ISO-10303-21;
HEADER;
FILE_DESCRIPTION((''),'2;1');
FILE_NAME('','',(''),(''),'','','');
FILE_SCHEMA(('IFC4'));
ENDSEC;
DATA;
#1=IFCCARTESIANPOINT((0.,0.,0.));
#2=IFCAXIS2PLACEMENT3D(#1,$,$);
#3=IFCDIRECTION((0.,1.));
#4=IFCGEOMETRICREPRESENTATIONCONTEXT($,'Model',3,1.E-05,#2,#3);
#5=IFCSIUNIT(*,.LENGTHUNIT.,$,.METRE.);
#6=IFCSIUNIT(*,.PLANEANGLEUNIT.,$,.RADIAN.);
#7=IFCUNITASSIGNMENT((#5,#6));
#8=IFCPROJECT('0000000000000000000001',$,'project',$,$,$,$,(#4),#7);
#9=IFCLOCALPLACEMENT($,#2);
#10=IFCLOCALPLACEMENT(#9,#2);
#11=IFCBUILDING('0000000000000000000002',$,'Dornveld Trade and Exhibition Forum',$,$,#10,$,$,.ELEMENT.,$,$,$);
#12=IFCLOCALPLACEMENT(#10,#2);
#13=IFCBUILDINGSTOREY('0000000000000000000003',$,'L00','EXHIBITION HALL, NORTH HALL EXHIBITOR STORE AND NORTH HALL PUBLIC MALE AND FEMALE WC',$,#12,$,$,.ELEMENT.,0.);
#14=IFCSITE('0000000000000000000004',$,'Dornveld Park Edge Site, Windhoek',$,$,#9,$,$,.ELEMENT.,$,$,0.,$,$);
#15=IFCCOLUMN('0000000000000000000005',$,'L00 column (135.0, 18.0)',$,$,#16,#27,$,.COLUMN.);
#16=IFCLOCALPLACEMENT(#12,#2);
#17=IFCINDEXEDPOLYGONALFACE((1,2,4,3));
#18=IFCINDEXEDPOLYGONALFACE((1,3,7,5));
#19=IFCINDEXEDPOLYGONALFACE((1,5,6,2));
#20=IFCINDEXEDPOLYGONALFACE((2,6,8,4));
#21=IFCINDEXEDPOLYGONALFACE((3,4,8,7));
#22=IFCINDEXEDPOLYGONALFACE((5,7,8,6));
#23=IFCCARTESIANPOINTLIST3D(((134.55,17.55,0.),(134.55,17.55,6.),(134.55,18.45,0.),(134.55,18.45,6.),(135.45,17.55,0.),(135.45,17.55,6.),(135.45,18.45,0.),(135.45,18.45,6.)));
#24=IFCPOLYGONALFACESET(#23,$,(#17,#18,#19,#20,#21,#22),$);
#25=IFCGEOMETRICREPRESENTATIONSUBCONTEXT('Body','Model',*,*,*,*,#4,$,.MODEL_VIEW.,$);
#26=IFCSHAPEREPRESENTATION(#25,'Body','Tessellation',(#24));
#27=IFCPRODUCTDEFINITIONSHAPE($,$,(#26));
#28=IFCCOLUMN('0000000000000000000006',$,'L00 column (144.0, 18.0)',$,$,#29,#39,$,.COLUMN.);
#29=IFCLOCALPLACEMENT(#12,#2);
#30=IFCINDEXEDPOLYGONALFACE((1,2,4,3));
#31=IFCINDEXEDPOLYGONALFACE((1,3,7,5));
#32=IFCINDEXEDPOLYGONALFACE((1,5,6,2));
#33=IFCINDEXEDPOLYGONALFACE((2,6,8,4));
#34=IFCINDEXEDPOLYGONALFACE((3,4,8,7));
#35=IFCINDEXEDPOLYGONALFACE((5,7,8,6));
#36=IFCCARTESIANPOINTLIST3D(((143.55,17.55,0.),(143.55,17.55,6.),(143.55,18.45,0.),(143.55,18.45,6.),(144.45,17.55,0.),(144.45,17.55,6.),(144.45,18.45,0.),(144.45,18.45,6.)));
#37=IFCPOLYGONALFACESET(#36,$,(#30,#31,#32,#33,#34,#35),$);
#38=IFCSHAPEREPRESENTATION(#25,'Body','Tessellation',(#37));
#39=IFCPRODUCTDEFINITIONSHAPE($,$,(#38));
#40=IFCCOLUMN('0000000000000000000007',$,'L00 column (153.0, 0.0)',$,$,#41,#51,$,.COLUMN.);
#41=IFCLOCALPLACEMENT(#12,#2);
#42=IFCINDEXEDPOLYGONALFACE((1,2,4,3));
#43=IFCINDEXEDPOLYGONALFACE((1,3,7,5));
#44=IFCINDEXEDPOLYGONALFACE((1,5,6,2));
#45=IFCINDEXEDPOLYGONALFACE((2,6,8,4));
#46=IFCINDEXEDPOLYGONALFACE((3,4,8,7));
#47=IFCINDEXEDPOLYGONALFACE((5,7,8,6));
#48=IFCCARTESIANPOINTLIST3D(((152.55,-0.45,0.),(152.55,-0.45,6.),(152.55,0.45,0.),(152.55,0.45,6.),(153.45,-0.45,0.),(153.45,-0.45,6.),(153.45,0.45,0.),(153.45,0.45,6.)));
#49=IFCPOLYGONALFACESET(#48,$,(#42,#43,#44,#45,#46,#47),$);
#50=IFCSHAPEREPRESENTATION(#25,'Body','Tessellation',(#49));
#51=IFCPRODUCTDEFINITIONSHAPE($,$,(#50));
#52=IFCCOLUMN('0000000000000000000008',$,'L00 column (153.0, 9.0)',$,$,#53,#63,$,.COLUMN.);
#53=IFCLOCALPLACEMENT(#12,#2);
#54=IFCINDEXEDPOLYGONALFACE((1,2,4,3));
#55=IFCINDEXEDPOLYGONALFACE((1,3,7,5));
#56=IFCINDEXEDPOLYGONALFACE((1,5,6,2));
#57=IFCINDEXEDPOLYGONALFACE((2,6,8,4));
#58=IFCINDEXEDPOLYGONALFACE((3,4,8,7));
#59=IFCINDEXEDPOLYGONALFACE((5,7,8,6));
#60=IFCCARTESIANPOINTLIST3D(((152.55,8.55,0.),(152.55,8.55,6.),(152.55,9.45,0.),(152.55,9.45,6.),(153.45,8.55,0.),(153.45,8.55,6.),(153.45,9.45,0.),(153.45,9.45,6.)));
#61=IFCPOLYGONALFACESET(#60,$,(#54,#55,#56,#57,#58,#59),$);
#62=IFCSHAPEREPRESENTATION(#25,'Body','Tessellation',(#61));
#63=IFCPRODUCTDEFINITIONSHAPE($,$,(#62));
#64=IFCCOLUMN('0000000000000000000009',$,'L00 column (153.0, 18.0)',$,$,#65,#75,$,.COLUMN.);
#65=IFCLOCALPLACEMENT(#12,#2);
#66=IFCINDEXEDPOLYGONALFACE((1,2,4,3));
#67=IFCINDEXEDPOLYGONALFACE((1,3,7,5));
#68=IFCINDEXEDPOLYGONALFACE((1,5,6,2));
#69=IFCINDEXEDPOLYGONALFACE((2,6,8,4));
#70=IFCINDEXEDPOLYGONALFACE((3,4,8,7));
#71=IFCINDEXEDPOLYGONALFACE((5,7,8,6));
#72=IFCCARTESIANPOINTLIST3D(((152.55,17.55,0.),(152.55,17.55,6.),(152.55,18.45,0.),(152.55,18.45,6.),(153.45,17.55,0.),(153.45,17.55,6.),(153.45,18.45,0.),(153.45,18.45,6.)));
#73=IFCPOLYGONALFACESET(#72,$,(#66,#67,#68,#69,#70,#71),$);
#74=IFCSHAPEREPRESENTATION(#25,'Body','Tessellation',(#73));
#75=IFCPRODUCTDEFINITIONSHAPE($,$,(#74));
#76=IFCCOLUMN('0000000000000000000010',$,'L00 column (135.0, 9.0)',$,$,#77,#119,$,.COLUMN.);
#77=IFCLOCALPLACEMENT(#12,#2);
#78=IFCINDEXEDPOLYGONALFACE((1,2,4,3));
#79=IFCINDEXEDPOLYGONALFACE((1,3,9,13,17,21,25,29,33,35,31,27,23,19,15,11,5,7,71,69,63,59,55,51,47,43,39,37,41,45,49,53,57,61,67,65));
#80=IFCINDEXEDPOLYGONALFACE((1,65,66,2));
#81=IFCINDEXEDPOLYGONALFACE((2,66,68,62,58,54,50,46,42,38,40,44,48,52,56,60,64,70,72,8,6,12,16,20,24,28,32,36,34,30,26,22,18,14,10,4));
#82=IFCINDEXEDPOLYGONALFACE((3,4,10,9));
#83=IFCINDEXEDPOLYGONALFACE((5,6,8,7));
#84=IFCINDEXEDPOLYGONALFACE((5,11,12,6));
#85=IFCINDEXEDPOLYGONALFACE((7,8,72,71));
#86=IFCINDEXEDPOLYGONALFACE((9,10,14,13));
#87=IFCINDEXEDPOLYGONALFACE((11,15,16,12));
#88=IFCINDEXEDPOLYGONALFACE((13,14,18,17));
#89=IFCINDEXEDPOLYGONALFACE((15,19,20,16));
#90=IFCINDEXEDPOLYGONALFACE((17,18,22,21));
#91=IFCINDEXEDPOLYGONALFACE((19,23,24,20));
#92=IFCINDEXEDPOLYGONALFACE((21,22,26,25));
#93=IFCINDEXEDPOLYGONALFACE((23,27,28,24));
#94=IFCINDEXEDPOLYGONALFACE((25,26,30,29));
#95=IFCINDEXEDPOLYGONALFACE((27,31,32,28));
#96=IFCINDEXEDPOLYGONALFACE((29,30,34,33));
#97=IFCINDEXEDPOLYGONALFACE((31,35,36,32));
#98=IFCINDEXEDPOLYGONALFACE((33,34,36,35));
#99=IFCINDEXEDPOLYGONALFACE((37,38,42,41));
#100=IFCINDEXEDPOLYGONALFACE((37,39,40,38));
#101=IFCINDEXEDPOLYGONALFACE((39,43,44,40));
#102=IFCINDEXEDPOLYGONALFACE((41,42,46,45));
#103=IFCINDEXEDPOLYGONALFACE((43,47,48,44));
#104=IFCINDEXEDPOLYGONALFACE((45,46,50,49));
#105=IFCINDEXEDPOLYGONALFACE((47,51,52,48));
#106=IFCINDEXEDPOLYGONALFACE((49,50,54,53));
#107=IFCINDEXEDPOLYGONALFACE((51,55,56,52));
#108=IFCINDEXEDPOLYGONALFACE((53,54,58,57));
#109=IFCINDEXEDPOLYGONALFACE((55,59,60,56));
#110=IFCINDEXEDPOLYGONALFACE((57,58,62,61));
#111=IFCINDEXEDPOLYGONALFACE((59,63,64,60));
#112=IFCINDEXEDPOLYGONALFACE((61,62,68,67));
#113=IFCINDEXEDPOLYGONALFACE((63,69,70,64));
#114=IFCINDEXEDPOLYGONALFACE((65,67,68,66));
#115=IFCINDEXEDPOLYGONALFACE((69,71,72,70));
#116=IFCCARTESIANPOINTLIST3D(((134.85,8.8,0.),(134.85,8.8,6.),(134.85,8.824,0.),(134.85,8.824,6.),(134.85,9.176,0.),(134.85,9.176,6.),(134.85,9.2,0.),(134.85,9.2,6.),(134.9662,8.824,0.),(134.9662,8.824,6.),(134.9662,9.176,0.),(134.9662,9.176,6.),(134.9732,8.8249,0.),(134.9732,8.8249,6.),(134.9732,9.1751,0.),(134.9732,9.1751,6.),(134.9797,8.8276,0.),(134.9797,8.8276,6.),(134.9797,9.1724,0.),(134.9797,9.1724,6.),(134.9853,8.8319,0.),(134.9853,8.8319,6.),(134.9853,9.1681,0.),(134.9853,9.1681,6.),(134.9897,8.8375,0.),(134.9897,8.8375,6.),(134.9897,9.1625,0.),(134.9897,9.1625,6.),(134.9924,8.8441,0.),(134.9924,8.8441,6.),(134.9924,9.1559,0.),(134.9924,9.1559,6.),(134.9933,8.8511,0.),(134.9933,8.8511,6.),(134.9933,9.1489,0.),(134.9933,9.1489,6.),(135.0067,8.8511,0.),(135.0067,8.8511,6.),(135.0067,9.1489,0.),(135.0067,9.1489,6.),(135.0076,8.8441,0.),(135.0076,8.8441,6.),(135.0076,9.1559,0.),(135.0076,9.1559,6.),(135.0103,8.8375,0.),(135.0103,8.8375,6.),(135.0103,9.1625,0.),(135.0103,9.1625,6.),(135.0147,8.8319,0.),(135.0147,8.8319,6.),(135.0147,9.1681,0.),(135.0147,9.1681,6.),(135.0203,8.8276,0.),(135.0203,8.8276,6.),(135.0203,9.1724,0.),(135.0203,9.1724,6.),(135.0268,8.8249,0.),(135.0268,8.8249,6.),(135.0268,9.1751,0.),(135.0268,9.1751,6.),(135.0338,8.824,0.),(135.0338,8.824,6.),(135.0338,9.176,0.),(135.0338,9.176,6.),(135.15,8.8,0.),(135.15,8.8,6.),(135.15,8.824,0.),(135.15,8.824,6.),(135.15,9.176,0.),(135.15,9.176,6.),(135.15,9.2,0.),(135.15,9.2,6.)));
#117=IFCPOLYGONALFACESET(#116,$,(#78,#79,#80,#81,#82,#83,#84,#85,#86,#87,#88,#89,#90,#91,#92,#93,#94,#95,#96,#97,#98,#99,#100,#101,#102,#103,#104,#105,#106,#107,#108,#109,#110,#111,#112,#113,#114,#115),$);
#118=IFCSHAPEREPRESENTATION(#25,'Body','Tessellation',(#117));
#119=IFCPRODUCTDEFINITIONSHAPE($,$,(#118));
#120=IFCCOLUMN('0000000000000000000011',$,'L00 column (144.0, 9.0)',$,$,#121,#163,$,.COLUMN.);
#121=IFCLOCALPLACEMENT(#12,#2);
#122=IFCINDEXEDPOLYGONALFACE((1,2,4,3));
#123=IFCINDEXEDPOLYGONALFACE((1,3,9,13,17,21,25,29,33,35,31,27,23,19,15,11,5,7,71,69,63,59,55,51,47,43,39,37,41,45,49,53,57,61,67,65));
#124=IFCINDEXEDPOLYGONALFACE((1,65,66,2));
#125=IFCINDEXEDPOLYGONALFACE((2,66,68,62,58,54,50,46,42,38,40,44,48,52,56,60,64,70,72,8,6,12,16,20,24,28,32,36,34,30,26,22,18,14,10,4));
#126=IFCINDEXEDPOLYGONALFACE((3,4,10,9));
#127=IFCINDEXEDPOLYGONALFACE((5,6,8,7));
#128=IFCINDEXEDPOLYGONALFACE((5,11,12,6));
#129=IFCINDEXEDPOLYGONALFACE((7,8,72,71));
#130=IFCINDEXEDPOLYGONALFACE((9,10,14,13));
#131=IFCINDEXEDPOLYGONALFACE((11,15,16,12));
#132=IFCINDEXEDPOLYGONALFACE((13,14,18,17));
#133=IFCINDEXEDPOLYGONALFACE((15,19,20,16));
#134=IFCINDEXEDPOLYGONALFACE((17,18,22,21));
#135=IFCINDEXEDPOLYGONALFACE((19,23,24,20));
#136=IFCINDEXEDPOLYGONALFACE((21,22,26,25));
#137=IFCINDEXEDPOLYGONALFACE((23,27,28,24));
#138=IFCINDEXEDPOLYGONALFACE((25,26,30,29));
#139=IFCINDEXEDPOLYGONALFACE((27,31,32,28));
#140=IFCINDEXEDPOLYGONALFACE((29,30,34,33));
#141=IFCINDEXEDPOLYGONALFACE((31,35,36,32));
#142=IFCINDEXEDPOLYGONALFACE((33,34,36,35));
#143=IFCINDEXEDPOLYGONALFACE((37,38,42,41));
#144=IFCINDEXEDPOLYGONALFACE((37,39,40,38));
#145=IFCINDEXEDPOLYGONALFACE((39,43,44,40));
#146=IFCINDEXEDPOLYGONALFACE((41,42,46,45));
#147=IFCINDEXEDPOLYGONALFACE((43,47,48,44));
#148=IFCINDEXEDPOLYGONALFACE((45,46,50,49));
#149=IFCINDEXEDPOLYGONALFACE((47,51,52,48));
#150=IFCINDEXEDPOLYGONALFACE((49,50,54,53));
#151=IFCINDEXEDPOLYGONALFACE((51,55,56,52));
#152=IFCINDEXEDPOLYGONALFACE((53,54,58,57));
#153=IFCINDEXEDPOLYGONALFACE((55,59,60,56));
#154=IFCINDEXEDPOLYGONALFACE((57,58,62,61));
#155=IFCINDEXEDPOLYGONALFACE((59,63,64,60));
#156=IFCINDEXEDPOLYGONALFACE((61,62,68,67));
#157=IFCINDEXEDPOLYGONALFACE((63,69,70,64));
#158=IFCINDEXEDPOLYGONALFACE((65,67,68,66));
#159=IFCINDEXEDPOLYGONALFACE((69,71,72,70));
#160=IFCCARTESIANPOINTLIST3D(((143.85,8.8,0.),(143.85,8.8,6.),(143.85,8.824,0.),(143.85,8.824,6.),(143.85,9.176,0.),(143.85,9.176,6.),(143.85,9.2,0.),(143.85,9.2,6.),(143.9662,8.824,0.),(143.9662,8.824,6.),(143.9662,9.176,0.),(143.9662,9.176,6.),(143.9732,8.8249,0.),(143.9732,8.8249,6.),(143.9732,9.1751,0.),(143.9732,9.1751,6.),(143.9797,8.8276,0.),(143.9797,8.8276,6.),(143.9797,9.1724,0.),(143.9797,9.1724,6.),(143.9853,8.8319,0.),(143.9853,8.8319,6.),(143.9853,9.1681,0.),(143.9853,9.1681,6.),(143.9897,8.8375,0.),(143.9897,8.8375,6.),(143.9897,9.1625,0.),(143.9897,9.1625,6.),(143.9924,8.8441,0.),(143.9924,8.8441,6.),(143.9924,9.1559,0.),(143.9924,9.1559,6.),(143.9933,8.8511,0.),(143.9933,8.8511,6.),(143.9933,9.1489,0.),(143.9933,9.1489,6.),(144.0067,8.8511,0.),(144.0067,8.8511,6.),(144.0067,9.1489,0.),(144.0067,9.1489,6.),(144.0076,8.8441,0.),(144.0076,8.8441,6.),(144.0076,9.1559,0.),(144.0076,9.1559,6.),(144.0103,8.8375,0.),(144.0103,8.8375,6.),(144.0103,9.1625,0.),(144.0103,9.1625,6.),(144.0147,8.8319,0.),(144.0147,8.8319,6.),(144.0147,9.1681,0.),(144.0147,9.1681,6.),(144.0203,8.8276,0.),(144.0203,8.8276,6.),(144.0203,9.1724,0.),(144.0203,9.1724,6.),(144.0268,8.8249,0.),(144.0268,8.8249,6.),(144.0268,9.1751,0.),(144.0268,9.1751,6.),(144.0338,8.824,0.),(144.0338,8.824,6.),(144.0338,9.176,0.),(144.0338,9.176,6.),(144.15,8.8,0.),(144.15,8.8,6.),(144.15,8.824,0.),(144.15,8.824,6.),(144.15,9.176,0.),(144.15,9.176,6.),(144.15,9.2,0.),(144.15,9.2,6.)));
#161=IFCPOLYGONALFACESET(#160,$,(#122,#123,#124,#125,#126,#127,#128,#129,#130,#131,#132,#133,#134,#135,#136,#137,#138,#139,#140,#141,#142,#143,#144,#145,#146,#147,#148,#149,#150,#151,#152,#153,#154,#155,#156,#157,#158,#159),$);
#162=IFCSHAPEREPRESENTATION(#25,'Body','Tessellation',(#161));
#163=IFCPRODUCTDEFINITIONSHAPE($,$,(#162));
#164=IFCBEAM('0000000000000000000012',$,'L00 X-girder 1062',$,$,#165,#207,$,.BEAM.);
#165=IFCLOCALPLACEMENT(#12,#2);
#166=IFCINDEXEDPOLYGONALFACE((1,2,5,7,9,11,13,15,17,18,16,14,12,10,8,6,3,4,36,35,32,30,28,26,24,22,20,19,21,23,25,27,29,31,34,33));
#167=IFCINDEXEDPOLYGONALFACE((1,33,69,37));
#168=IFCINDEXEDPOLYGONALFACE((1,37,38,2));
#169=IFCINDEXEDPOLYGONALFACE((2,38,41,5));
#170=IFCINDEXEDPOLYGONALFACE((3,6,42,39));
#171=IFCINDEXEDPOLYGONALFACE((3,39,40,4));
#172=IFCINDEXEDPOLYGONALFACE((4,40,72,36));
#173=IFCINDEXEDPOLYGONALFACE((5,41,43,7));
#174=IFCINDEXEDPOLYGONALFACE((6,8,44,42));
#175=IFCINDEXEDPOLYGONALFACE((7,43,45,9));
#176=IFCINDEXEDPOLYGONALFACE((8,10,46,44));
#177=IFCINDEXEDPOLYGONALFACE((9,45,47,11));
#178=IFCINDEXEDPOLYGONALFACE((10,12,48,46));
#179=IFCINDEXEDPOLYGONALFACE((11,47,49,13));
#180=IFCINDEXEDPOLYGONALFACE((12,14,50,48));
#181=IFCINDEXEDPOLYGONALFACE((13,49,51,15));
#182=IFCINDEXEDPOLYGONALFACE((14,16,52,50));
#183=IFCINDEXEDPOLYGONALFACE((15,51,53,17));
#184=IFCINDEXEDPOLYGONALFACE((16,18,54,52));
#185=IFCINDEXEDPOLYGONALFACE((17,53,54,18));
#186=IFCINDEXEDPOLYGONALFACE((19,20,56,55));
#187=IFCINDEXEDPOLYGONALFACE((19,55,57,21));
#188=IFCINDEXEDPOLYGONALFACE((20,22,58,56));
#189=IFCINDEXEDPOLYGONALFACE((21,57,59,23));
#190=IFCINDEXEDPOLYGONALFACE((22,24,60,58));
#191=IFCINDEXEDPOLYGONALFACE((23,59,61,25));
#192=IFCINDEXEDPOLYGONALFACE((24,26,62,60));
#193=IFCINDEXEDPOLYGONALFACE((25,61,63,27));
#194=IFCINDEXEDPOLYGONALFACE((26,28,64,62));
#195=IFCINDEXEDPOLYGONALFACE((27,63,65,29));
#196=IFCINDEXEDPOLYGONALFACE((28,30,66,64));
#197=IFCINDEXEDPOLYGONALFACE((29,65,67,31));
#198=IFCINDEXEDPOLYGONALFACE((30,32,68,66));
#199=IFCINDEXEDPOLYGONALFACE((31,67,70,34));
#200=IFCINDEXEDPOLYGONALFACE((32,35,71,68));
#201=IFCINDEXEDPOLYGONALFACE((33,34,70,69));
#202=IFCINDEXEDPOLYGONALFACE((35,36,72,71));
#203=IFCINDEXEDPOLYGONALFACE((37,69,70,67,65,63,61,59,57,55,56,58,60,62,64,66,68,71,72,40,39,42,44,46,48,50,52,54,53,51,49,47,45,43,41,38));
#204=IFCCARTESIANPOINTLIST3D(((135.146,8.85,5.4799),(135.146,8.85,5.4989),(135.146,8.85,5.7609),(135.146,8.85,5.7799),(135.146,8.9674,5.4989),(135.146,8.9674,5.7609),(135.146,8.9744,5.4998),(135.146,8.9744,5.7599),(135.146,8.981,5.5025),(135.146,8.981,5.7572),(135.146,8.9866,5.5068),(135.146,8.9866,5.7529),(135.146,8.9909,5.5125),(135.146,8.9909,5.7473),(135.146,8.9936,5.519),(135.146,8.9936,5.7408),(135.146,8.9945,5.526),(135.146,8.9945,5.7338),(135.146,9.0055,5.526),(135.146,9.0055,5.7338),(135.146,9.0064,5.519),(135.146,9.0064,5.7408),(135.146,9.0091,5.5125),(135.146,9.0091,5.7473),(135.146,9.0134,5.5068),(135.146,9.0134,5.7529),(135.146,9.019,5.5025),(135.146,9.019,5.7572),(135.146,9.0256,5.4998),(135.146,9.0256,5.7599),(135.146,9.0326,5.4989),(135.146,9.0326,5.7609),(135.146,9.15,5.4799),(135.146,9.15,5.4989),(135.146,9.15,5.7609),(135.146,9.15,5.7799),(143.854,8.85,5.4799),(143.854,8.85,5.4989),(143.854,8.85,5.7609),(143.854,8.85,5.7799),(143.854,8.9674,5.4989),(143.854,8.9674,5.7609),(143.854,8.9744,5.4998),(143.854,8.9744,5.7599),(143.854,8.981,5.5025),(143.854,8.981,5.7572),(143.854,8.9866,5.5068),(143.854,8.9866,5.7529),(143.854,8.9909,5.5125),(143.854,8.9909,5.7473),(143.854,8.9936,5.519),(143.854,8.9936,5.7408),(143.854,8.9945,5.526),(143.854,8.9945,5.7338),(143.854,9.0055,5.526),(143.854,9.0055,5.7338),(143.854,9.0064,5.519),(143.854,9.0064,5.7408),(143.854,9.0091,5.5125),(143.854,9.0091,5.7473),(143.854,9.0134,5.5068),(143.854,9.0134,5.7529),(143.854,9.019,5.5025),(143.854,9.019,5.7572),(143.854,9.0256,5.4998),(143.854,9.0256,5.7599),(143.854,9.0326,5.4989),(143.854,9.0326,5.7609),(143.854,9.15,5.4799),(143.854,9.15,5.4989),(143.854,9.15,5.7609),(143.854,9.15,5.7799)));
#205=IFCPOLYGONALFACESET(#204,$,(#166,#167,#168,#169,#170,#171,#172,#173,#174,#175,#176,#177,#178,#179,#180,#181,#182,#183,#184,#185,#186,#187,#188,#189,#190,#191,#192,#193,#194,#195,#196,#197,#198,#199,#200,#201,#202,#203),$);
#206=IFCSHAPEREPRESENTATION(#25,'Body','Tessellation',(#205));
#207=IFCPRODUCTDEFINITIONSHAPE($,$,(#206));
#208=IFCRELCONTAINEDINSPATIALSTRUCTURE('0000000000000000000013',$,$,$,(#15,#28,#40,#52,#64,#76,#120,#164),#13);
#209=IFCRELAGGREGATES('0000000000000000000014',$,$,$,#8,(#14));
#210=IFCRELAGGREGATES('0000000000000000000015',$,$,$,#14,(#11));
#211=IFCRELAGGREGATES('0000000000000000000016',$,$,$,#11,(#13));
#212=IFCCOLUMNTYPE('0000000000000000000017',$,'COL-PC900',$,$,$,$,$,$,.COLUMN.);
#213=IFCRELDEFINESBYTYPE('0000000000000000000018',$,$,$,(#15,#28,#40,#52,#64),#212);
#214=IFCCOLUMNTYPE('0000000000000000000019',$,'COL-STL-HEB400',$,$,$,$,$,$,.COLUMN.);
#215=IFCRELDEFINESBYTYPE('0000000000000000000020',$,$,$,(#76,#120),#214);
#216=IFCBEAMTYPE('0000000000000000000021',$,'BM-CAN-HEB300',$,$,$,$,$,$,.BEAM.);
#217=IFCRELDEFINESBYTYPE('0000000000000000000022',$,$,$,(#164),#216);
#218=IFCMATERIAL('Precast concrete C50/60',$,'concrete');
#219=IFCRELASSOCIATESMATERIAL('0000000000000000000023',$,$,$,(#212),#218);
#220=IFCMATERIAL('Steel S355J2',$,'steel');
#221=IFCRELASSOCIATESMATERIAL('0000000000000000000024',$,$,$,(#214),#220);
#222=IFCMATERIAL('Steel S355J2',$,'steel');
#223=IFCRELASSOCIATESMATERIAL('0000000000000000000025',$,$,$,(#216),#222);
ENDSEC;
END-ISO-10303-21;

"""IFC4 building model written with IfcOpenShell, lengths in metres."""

from ifc_helpers import new_model, si_unit, direction, frame, origin, origin_2d, place, context, subcontext, project, spatial, rectangle, i_section, extrude, material, material_profile, profile_set, type_object, element, save


model = new_model("IFC4")

# Units and contexts
model_context = context("Model", 3, precision=1e-05, world=origin(), true_north=direction((0.0, 1.0)))
body_context = subcontext(model_context, "Body", "Model", "MODEL_VIEW")
ifc_project = project(units=[si_unit("LENGTHUNIT", "METRE"), si_unit("PLANEANGLEUNIT", "RADIAN")], contexts=[model_context])

# Site, building, storey
site_placement = place(None, origin())
site = spatial("IfcSite", under=ifc_project, at=site_placement, Name="Dornveld Park Edge Site, Windhoek", CompositionType="ELEMENT", RefElevation=0.0)
building_placement = place(site_placement, origin())
building = spatial("IfcBuilding", under=site, at=building_placement, Name="Dornveld Trade and Exhibition Forum", CompositionType="ELEMENT")
storey_placement = place(building_placement, origin())
storey = spatial("IfcBuildingStorey", under=building, at=storey_placement, Name="L00", Description="EXHIBITION HALL, NORTH HALL EXHIBITOR STORE AND NORTH HALL PUBLIC MALE AND FEMALE WC", CompositionType="ELEMENT", Elevation=0.0)

# Columns
ifc_material_1 = material(Name="Precast concrete C50/60", Category="concrete")
ifc_material_profile_1 = material_profile(ifc_material_1, rectangle(XDim=0.8999, YDim=0.8999, at=origin_2d()), Name="PC-COL 900x900")
ifc_profile_set_1 = profile_set([ifc_material_profile_1], Name="Precast concrete C50/60")
column_type_1 = type_object("IfcColumnType", Name="COL-PC900", PredefinedType="COLUMN", material=ifc_profile_set_1)
for number, where, z_axis, x_axis, name in (
    (1, (135.0, 18.0, 0.0), (0.0, 0.0, 1.0), (1.0, 0.0, 0.0), "L00 column (135.0, 18.0)"),
    (2, (144.0, 18.0, 0.0), (0.0, 0.0, 1.0), (1.0, 0.0, 0.0), "L00 column (144.0, 18.0)"),
    (3, (153.0, 0.0, 0.0), (0.0, 0.0, 1.0), (1.0, 0.0, 0.0), "L00 column (153.0, 0.0)"),
    (4, (153.0, 9.0, 0.0), (0.0, 0.0, 1.0), (1.0, 0.0, 0.0), "L00 column (153.0, 9.0)"),
    (5, (153.0, 18.0, 0.0), (0.0, 0.0, 1.0), (1.0, 0.0, 0.0), "L00 column (153.0, 18.0)"),
):
    element("IfcColumn", number, at=place(storey_placement, frame(where, z_axis=z_axis, x_axis=x_axis)), inside=storey, type_object=column_type_1, Name=name, PredefinedType="COLUMN", context=body_context, shape_type="SweptSolid", body=[
        extrude(rectangle(XDim=0.8999, YDim=0.8999, at=origin_2d()), origin(), (0.0, 0.0, 1.0), 6.0),
    ])
ifc_material_2 = material(Name="Steel S355J2", Category="steel")
ifc_material_profile_2 = material_profile(ifc_material_2, i_section(OverallWidth=0.3, OverallDepth=0.3999, WebThickness=0.0134, FlangeThickness=0.0239, FilletRadius=0.0271, at=origin_2d()), Name="HEB 400")
ifc_profile_set_2 = profile_set([ifc_material_profile_2], Name="Steel S355J2")
column_type_2 = type_object("IfcColumnType", Name="COL-STL-HEB400", PredefinedType="COLUMN", material=ifc_profile_set_2)
for number, where, z_axis, x_axis, name in (
    (6, (135.0, 9.0, 0.0), (0.0, 0.0, 1.0), (1.0, 0.0, 0.0), "L00 column (135.0, 9.0)"),
    (7, (144.0, 9.0, 0.0), (0.0, 0.0, 1.0), (1.0, 0.0, 0.0), "L00 column (144.0, 9.0)"),
):
    element("IfcColumn", number, at=place(storey_placement, frame(where, z_axis=z_axis, x_axis=x_axis)), inside=storey, type_object=column_type_2, Name=name, PredefinedType="COLUMN", context=body_context, shape_type="SweptSolid", body=[
        extrude(i_section(OverallWidth=0.3, OverallDepth=0.3999, WebThickness=0.0134, FlangeThickness=0.0239, FilletRadius=0.0271, at=origin_2d()), origin(), (0.0, 0.0, 1.0), 6.0),
    ])

# Beam
ifc_material_3 = material(Name="Steel S355J2", Category="steel")
ifc_material_profile_3 = material_profile(ifc_material_3, i_section(OverallWidth=0.3, OverallDepth=0.3, WebThickness=0.011, FlangeThickness=0.019, FilletRadius=0.0271, at=origin_2d()), Name="HEB 300")
ifc_profile_set_3 = profile_set([ifc_material_profile_3], Name="Steel S355J2")
beam_type_1 = type_object("IfcBeamType", Name="BM-CAN-HEB300", PredefinedType="BEAM", material=ifc_profile_set_3)
beam_1_placement = place(storey_placement, frame((135.146, 9.0, 5.6299), z_axis=(1.0, 0.0, 0.0), x_axis=(0.0, 1.0, 0.0)))
element("IfcBeam", 8, at=beam_1_placement, inside=storey, type_object=beam_type_1, Name="L00 X-girder 1062", PredefinedType="BEAM", context=body_context, shape_type="SweptSolid", body=[
    extrude(i_section(OverallWidth=0.3, OverallDepth=0.3, WebThickness=0.011, FlangeThickness=0.019, FilletRadius=0.0271, at=origin_2d()), origin(), (0.0, 0.0, 1.0), 8.708),
])

save(model, "model.ifc")
